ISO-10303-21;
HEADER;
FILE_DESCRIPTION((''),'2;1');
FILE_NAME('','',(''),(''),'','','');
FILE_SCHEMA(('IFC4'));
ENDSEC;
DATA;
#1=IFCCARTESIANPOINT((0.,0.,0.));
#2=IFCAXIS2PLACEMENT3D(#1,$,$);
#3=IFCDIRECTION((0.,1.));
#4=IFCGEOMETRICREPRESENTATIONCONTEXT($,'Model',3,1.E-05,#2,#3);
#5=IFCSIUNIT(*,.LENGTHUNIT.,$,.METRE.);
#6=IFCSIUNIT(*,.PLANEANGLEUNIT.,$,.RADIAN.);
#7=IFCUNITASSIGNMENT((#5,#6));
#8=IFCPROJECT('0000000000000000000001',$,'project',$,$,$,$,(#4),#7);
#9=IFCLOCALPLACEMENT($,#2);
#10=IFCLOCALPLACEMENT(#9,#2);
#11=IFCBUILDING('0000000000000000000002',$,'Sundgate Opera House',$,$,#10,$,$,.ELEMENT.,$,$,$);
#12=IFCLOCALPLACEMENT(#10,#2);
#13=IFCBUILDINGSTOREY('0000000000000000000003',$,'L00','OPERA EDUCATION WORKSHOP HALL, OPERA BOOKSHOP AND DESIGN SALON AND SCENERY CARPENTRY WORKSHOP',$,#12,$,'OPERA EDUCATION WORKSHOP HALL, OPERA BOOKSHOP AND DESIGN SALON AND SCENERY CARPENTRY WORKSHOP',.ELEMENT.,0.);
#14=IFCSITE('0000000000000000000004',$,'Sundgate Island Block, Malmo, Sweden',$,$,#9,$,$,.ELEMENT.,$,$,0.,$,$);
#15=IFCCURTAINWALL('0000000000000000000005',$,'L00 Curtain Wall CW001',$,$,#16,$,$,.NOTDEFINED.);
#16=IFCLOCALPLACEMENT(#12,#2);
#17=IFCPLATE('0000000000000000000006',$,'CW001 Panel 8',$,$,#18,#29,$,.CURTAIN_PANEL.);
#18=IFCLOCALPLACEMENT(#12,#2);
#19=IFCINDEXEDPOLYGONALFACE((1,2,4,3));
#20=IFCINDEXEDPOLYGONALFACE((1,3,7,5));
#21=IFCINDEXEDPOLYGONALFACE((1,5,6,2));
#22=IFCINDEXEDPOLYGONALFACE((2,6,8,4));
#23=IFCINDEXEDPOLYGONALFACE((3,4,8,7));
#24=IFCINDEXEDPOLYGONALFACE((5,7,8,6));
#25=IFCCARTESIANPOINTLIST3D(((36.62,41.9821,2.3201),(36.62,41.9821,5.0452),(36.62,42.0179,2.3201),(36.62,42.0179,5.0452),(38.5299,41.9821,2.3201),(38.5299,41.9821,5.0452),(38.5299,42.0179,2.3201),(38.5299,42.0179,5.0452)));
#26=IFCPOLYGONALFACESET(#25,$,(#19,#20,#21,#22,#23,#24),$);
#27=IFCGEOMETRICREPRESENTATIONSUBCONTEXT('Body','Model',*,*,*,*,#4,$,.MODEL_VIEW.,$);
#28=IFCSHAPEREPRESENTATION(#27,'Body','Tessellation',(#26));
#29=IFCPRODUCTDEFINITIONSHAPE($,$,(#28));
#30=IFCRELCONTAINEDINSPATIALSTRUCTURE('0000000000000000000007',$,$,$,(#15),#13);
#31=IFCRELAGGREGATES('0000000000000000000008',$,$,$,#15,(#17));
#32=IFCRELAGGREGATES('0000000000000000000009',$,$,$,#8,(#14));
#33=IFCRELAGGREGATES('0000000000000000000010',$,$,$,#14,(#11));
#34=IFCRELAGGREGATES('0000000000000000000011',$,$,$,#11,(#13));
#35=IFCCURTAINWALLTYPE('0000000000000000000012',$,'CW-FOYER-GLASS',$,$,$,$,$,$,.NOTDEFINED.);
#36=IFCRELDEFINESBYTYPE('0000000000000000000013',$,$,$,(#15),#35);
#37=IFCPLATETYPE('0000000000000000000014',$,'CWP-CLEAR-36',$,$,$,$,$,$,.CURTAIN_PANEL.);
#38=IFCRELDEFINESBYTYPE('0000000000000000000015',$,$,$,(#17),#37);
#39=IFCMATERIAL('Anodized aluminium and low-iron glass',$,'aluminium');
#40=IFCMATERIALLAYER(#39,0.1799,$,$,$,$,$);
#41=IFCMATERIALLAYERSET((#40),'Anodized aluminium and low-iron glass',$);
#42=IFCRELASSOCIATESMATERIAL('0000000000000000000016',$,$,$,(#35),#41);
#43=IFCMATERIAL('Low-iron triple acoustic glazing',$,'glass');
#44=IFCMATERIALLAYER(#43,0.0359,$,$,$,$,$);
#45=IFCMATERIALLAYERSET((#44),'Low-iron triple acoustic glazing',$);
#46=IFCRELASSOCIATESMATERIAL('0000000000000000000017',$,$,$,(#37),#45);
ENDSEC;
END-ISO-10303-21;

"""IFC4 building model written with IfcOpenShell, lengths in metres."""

from ifc_helpers import new_model, si_unit, direction, frame, origin, origin_2d, place, context, subcontext, project, spatial, rectangle, extrude, material, layer, layer_set, type_object, element, aggregate, save


model = new_model("IFC4")

# Units and contexts
model_context = context("Model", 3, precision=1e-05, world=origin(), true_north=direction((0.0, 1.0)))
body_context = subcontext(model_context, "Body", "Model", "MODEL_VIEW")
ifc_project = project(units=[si_unit("LENGTHUNIT", "METRE"), si_unit("PLANEANGLEUNIT", "RADIAN")], contexts=[model_context])

# Site, building, storey
site_placement = place(None, origin())
site = spatial("IfcSite", under=ifc_project, at=site_placement, Name="Sundgate Island Block, Malmo, Sweden", CompositionType="ELEMENT", RefElevation=0.0)
building_placement = place(site_placement, origin())
building = spatial("IfcBuilding", under=site, at=building_placement, Name="Sundgate Opera House", CompositionType="ELEMENT")
storey_placement = place(building_placement, origin())
storey = spatial("IfcBuildingStorey", under=building, at=storey_placement, Name="L00", Description="OPERA EDUCATION WORKSHOP HALL, OPERA BOOKSHOP AND DESIGN SALON AND SCENERY CARPENTRY WORKSHOP", LongName="OPERA EDUCATION WORKSHOP HALL, OPERA BOOKSHOP AND DESIGN SALON AND SCENERY CARPENTRY WORKSHOP", CompositionType="ELEMENT", Elevation=0.0)

# Curtain wall, plate
ifc_material_1 = material(Name="Anodized aluminium and low-iron glass", Category="aluminium")
ifc_layer_1 = layer(ifc_material_1, 0.1799)
ifc_layer_set_1 = layer_set([ifc_layer_1], Name="Anodized aluminium and low-iron glass")
curtain_wall_type = type_object("IfcCurtainWallType", Name="CW-FOYER-GLASS", PredefinedType="NOTDEFINED", material=ifc_layer_set_1)
curtain_wall_placement = place(storey_placement, origin())
curtain_wall = element("IfcCurtainWall", 1, at=curtain_wall_placement, inside=storey, type_object=curtain_wall_type, Name="L00 Curtain Wall CW001", PredefinedType="NOTDEFINED")
ifc_material_2 = material(Name="Low-iron triple acoustic glazing", Category="glass")
ifc_layer_2 = layer(ifc_material_2, 0.0359)
ifc_layer_set_2 = layer_set([ifc_layer_2], Name="Low-iron triple acoustic glazing")
plate_type = type_object("IfcPlateType", Name="CWP-CLEAR-36", PredefinedType="CURTAIN_PANEL", material=ifc_layer_set_2)
plate_1_placement = place(storey_placement, frame((37.575, 42.0, 2.3201), z_axis=(0.0, 0.0, 1.0), x_axis=(-1.0, 0.0, 0.0)))
plate_1 = element("IfcPlate", 2, at=plate_1_placement, type_object=plate_type, Name="CW001 Panel 8", PredefinedType="CURTAIN_PANEL", context=body_context, shape_type="SweptSolid", body=[
    extrude(rectangle(XDim=1.9099, YDim=0.0359, at=origin_2d()), origin(), (0.0, 0.0, 1.0), 2.7251),
])
aggregate(curtain_wall, [plate_1])

save(model, "model.ifc")
